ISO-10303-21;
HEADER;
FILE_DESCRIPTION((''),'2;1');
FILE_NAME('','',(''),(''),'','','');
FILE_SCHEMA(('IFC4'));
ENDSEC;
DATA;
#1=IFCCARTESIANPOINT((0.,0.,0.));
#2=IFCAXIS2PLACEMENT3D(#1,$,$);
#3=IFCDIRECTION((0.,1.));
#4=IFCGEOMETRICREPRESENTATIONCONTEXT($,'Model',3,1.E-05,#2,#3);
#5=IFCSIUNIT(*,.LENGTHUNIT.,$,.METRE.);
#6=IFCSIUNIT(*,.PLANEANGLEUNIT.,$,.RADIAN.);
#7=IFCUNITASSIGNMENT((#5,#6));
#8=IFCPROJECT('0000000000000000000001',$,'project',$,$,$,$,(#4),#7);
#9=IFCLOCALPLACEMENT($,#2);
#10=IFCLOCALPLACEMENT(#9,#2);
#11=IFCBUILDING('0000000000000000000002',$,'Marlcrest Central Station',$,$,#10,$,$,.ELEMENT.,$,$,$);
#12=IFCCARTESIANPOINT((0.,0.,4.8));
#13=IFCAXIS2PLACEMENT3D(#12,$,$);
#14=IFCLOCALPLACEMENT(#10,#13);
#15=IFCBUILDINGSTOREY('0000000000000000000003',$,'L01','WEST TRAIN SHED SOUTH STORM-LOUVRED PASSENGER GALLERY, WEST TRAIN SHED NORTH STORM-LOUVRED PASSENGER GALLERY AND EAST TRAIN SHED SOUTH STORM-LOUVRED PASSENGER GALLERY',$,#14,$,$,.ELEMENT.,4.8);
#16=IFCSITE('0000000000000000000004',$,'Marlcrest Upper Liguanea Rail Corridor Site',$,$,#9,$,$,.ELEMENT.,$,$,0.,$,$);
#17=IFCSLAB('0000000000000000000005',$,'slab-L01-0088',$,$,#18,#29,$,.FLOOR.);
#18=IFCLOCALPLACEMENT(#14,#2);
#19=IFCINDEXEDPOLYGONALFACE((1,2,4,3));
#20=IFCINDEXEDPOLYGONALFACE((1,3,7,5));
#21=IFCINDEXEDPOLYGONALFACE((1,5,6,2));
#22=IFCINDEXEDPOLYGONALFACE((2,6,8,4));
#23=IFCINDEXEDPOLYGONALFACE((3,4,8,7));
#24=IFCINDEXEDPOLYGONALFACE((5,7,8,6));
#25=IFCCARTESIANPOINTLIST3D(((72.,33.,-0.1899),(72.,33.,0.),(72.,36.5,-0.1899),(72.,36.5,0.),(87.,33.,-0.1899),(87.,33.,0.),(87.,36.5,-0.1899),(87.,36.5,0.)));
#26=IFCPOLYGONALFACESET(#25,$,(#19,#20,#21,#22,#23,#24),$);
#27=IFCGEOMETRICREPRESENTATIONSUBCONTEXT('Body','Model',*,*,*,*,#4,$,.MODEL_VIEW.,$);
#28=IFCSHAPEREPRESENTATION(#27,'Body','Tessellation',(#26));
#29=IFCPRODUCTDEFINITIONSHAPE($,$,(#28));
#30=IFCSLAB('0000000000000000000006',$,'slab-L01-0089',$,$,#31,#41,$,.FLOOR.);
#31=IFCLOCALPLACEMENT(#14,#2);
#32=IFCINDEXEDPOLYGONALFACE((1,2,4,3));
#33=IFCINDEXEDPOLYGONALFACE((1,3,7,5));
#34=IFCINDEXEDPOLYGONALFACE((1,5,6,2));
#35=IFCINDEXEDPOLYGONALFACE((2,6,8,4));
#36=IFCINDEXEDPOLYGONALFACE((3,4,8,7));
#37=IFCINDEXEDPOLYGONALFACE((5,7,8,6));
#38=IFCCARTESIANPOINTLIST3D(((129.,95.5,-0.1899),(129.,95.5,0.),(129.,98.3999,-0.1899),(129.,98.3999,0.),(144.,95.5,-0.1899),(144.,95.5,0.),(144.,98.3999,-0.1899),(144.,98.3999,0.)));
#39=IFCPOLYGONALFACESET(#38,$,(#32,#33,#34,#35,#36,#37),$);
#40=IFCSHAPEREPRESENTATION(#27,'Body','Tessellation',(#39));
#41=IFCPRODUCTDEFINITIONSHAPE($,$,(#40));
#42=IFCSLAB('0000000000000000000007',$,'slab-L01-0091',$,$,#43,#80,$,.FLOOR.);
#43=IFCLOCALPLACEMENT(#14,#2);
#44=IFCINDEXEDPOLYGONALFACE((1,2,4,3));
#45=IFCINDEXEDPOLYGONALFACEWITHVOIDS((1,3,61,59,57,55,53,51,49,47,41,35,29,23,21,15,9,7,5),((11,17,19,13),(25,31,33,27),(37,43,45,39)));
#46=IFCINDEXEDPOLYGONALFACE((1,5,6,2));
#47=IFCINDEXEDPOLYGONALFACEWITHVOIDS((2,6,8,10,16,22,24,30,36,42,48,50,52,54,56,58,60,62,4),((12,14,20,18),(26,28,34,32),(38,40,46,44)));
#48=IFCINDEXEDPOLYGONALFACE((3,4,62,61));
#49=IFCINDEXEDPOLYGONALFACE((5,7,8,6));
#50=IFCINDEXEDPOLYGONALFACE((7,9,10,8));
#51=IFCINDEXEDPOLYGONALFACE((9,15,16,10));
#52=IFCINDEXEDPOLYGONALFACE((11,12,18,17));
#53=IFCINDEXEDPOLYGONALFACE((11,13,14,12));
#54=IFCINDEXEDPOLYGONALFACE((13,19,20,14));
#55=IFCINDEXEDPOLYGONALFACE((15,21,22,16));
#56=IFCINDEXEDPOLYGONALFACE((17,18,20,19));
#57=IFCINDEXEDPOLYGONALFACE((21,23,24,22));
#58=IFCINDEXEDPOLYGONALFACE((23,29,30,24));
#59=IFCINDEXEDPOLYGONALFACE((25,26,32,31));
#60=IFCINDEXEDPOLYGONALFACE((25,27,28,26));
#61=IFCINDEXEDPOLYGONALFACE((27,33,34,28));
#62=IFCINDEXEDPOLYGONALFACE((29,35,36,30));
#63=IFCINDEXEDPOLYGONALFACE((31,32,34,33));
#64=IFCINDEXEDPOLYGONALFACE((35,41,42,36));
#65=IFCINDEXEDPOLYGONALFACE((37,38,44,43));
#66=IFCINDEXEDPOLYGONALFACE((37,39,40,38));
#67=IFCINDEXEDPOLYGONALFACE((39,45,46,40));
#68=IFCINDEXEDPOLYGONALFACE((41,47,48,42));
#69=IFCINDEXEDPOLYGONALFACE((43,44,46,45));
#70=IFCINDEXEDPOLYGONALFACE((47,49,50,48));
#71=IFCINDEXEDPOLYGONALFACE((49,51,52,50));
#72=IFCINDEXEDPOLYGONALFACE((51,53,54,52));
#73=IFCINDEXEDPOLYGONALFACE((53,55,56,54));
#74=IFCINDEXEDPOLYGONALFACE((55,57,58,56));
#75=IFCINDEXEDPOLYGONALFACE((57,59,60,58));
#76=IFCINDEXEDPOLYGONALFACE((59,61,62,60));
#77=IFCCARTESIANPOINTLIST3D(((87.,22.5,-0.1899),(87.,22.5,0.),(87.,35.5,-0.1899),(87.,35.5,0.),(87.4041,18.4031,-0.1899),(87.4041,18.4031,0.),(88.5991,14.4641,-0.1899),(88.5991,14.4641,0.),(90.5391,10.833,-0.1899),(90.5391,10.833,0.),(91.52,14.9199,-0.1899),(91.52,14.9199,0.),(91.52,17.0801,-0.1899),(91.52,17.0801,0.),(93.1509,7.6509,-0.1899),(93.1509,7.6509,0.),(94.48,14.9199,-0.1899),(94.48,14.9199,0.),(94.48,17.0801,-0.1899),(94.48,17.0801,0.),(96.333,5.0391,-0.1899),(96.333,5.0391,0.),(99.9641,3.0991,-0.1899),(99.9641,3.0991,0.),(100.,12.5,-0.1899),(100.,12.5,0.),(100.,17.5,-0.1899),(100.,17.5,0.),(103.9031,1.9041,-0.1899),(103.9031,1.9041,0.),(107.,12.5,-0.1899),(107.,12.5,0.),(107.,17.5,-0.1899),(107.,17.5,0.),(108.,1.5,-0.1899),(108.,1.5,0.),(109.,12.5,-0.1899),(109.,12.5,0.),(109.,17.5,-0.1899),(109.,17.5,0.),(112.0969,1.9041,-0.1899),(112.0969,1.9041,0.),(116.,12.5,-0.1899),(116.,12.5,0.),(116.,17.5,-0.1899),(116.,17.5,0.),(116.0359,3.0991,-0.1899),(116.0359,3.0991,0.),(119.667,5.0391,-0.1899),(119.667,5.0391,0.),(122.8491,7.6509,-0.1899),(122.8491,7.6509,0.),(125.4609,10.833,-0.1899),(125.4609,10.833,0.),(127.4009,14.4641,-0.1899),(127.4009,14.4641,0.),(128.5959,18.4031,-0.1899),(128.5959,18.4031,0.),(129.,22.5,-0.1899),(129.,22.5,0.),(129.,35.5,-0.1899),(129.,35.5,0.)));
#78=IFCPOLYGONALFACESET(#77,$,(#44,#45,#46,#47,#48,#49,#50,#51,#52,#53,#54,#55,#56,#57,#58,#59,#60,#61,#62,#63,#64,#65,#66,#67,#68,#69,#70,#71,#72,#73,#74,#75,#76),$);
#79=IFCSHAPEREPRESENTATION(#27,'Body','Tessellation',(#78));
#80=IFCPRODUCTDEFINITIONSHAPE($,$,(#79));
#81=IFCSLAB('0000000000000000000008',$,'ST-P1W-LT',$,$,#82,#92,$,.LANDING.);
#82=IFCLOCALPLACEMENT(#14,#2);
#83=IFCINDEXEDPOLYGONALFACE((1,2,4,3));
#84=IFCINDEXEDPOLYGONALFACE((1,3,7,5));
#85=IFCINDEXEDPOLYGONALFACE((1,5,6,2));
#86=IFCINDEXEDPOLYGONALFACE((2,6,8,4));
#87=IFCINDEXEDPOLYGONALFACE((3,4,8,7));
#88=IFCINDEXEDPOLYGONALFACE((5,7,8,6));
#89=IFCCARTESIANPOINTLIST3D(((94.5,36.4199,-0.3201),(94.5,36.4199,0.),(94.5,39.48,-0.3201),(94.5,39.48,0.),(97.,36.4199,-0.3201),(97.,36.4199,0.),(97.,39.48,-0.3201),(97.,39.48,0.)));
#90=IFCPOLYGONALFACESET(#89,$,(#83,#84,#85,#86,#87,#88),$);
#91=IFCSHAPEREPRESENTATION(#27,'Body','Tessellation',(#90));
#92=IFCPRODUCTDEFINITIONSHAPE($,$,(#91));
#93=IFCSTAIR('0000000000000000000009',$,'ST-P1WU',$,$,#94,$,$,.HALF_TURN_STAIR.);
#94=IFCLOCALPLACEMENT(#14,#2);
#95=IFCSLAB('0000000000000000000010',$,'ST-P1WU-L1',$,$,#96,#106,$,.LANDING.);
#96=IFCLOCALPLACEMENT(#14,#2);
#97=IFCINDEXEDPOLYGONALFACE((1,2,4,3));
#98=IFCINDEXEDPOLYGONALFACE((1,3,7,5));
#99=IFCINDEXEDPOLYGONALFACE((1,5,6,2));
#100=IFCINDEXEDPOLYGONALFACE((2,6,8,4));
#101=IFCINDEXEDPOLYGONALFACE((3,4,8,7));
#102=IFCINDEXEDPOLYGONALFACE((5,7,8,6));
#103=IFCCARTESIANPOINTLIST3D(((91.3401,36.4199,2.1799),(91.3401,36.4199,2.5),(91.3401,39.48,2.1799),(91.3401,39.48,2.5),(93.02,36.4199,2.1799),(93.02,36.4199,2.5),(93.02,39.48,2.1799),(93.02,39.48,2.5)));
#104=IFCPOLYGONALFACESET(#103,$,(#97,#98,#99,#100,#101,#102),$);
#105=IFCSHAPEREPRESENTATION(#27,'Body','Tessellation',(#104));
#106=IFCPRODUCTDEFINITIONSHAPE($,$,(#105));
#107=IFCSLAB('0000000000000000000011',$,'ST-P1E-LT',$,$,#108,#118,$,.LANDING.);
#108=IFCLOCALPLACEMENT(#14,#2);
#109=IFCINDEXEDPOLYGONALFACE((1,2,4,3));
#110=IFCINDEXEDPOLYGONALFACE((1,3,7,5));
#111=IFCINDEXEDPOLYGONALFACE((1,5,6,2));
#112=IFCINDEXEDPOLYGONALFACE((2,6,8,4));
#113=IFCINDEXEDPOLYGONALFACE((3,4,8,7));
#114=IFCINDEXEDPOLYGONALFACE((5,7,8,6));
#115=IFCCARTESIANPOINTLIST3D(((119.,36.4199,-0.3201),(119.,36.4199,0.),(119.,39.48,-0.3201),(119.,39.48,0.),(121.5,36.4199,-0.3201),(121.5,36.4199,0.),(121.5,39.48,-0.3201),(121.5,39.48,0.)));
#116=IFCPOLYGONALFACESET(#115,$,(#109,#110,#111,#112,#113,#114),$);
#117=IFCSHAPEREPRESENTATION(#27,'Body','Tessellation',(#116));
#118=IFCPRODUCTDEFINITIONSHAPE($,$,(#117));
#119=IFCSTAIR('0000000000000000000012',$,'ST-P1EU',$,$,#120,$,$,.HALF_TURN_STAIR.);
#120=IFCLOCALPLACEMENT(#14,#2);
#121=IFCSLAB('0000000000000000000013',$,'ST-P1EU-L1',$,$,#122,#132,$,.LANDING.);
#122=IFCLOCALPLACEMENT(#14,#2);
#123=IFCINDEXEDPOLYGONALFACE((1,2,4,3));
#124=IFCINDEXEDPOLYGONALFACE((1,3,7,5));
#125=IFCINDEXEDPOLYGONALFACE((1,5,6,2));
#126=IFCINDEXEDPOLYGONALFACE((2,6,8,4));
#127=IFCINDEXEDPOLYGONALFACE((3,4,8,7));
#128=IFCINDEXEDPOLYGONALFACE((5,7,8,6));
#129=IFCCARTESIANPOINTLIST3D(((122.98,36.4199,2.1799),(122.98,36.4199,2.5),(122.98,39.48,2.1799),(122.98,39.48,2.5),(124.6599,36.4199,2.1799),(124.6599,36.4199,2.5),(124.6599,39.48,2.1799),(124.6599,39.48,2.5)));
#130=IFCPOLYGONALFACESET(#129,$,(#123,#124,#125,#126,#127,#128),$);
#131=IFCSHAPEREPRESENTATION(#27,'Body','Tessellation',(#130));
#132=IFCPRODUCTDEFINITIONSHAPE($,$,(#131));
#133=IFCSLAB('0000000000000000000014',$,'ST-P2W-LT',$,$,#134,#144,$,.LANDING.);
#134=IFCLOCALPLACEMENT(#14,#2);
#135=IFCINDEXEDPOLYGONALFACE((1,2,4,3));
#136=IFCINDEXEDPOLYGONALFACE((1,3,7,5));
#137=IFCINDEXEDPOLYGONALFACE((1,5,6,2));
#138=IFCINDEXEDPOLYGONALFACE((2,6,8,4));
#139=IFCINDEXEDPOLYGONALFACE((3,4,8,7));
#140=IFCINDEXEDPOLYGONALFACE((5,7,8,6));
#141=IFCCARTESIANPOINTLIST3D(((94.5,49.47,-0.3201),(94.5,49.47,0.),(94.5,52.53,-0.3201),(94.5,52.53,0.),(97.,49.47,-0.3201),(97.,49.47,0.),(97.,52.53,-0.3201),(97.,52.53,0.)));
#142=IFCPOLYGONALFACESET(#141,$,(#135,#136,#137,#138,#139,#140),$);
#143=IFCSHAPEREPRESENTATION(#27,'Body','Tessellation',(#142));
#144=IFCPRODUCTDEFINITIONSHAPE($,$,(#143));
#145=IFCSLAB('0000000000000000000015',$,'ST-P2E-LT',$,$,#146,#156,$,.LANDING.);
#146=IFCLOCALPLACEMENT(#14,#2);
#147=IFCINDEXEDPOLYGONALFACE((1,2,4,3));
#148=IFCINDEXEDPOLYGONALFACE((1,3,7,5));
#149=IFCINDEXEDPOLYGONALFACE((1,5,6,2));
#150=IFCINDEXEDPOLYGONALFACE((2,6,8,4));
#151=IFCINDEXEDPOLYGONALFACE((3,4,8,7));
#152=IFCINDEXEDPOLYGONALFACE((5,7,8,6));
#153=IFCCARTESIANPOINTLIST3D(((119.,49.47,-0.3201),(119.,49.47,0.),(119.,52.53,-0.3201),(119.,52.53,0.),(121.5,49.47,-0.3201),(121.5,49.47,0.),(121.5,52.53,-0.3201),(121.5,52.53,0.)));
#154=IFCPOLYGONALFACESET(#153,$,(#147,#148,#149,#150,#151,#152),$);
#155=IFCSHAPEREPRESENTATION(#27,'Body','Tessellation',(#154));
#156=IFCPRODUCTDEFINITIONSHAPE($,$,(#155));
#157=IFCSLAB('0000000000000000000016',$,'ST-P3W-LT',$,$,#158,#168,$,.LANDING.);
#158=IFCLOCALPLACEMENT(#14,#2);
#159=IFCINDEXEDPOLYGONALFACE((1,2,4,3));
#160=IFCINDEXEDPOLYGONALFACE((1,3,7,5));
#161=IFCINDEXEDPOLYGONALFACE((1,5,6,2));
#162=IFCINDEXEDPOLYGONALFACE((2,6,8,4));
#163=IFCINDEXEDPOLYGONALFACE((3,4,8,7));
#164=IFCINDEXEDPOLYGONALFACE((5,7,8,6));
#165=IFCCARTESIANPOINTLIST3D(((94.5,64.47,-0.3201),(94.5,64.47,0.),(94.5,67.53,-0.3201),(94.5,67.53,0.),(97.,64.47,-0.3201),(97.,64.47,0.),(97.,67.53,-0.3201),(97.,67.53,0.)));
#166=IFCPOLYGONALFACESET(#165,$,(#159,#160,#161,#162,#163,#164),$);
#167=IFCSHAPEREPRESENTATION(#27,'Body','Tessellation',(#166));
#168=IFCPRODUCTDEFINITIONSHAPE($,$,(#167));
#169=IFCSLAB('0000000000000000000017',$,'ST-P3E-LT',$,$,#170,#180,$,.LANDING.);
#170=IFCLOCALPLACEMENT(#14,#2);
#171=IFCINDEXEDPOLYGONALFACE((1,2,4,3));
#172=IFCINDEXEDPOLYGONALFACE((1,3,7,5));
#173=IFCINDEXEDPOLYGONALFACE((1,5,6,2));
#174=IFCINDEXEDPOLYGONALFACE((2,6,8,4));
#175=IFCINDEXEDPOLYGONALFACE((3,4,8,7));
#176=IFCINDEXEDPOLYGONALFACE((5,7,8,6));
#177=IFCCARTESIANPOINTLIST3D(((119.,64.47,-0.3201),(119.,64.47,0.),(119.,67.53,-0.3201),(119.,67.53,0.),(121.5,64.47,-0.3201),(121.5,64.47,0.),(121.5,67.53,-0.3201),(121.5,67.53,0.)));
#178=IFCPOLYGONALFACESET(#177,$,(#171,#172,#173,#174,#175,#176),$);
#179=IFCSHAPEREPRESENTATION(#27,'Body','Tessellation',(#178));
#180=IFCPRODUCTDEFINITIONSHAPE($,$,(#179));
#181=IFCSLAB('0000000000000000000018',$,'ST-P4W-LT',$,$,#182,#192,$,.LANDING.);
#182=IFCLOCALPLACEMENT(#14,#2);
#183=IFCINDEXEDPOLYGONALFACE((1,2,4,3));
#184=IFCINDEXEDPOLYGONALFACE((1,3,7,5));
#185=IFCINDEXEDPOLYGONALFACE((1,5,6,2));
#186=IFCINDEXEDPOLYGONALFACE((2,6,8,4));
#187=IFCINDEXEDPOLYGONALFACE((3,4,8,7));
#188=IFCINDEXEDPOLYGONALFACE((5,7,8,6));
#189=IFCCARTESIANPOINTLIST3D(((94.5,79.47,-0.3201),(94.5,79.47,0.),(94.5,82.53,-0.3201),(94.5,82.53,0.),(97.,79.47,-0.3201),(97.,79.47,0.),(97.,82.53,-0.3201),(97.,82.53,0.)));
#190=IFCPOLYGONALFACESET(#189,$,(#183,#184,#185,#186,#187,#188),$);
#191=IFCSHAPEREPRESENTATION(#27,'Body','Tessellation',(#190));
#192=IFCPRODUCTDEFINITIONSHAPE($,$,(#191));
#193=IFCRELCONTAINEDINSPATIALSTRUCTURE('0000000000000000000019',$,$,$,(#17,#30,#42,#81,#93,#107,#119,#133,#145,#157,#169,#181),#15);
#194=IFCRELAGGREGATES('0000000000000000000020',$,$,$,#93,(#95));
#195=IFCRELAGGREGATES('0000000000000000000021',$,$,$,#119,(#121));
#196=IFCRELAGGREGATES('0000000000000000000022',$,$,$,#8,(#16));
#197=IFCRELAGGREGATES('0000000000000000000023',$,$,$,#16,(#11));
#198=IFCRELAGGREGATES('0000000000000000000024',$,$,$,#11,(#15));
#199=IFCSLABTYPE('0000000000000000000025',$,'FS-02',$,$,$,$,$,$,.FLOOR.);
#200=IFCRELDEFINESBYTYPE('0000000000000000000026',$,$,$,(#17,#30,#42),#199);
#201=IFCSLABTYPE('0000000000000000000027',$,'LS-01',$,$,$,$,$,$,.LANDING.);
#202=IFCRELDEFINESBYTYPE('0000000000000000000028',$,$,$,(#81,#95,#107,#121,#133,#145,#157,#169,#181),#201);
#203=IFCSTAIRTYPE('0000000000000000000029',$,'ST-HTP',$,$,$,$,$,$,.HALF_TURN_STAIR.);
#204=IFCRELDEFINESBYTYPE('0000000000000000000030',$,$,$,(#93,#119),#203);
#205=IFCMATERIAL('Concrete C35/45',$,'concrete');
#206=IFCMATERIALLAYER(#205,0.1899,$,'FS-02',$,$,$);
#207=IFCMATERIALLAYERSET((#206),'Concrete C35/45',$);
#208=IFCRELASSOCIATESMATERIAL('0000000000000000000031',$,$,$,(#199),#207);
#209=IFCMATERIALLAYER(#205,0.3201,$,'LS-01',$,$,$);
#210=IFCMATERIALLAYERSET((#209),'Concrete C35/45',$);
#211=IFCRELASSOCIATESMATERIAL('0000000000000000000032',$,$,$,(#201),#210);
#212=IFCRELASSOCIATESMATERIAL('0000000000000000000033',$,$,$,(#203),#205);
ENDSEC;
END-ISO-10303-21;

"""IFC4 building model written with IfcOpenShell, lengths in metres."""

from ifc_helpers import new_model, si_unit, direction, frame, origin, place, context, subcontext, project, spatial, polyline, outline, extrude, material, layer, layer_set, type_object, element, aggregate, save


model = new_model("IFC4")

# Units and contexts
model_context = context("Model", 3, precision=1e-05, world=origin(), true_north=direction((0.0, 1.0)))
body_context = subcontext(model_context, "Body", "Model", "MODEL_VIEW")
ifc_project = project(units=[si_unit("LENGTHUNIT", "METRE"), si_unit("PLANEANGLEUNIT", "RADIAN")], contexts=[model_context])

# Site, building, storey
site_placement = place(None, origin())
site = spatial("IfcSite", under=ifc_project, at=site_placement, Name="Marlcrest Upper Liguanea Rail Corridor Site", CompositionType="ELEMENT", RefElevation=0.0)
building_placement = place(site_placement, origin())
building = spatial("IfcBuilding", under=site, at=building_placement, Name="Marlcrest Central Station", CompositionType="ELEMENT")
storey_placement = place(building_placement, frame((0.0, 0.0, 4.8)))
storey = spatial("IfcBuildingStorey", under=building, at=storey_placement, Name="L01", Description="WEST TRAIN SHED SOUTH STORM-LOUVRED PASSENGER GALLERY, WEST TRAIN SHED NORTH STORM-LOUVRED PASSENGER GALLERY AND EAST TRAIN SHED SOUTH STORM-LOUVRED PASSENGER GALLERY", CompositionType="ELEMENT", Elevation=4.8)

# Slabs
ifc_material = material(Name="Concrete C35/45", Category="concrete")
ifc_layer_1 = layer(ifc_material, 0.1899, Name="FS-02")
ifc_layer_set_1 = layer_set([ifc_layer_1], Name="Concrete C35/45")
slab_type_1 = type_object("IfcSlabType", Name="FS-02", PredefinedType="FLOOR", material=ifc_layer_set_1)
slab_1_placement = place(storey_placement, frame((0.0, 0.0, -0.1899)))
element("IfcSlab", 1, at=slab_1_placement, inside=storey, type_object=slab_type_1, Name="slab-L01-0088", PredefinedType="FLOOR", context=body_context, shape_type="SweptSolid", body=[
    extrude(outline(polyline([(87.0, 36.5), (87.0, 33.0), (72.0, 33.0), (72.0, 36.5), (87.0, 36.5)])), origin(), (0.0, 0.0, 1.0), 0.1899),
])
slab_2_placement = place(storey_placement, frame((0.0, 0.0, -0.1899)))
element("IfcSlab", 2, at=slab_2_placement, inside=storey, type_object=slab_type_1, Name="slab-L01-0089", PredefinedType="FLOOR", context=body_context, shape_type="SweptSolid", body=[
    extrude(outline(polyline([(129.0, 95.5), (129.0, 98.3999), (144.0, 98.3999), (144.0, 95.5), (129.0, 95.5)])), origin(), (0.0, 0.0, 1.0), 0.1899),
])
slab_3_placement = place(storey_placement, frame((0.0, 0.0, -0.1899)))
element("IfcSlab", 3, at=slab_3_placement, inside=storey, type_object=slab_type_1, Name="slab-L01-0091", PredefinedType="FLOOR", context=body_context, shape_type="SweptSolid", body=[
    extrude(outline(polyline([(129.0, 35.5), (129.0, 22.5), (128.5959, 18.4031), (127.4009, 14.4641), (125.4609, 10.833), (122.8491, 7.6509), (119.667, 5.0391), (116.0359, 3.0991), (112.0969, 1.9041), (108.0, 1.5), (103.9031, 1.9041), (99.9641, 3.0991), (96.333, 5.0391), (93.1509, 7.6509), (90.5391, 10.833), (88.5991, 14.4641), (87.4041, 18.4031), (87.0, 22.5), (87.0, 35.5), (129.0, 35.5)]), holes=[polyline([(107.0, 12.5), (107.0, 17.5), (100.0, 17.5), (100.0, 12.5), (107.0, 12.5)]), polyline([(116.0, 12.5), (116.0, 17.5), (109.0, 17.5), (109.0, 12.5), (116.0, 12.5)]), polyline([(94.48, 14.9199), (94.48, 17.0801), (91.52, 17.0801), (91.52, 14.9199), (94.48, 14.9199)])]), origin(), (0.0, 0.0, 1.0), 0.1899),
])
ifc_layer_2 = layer(ifc_material, 0.3201, Name="LS-01")
ifc_layer_set_2 = layer_set([ifc_layer_2], Name="Concrete C35/45")
slab_type_2 = type_object("IfcSlabType", Name="LS-01", PredefinedType="LANDING", material=ifc_layer_set_2)
slab_4_placement = place(storey_placement, frame((0.0, 0.0, -0.3201)))
element("IfcSlab", 4, at=slab_4_placement, inside=storey, type_object=slab_type_2, Name="ST-P1W-LT", PredefinedType="LANDING", context=body_context, shape_type="SweptSolid", body=[
    extrude(outline(polyline([(94.5, 36.4199), (97.0, 36.4199), (97.0, 39.48), (94.5, 39.48), (94.5, 36.4199)])), origin(), (0.0, 0.0, 1.0), 0.3201),
])

# Stair, slab
stair_type = type_object("IfcStairType", Name="ST-HTP", PredefinedType="HALF_TURN_STAIR", material=ifc_material)
stair_1_placement = place(storey_placement, origin())
stair_1 = element("IfcStair", 5, at=stair_1_placement, inside=storey, type_object=stair_type, Name="ST-P1WU", PredefinedType="HALF_TURN_STAIR")
slab_5_placement = place(storey_placement, frame((0.0, 0.0, 2.1799)))
slab_5 = element("IfcSlab", 6, at=slab_5_placement, type_object=slab_type_2, Name="ST-P1WU-L1", PredefinedType="LANDING", context=body_context, shape_type="SweptSolid", body=[
    extrude(outline(polyline([(91.3401, 36.4199), (93.02, 36.4199), (93.02, 39.48), (91.3401, 39.48), (91.3401, 36.4199)])), origin(), (0.0, 0.0, 1.0), 0.3201),
])
aggregate(stair_1, [slab_5])

# Slab
slab_6_placement = place(storey_placement, frame((0.0, 0.0, -0.3201)))
element("IfcSlab", 7, at=slab_6_placement, inside=storey, type_object=slab_type_2, Name="ST-P1E-LT", PredefinedType="LANDING", context=body_context, shape_type="SweptSolid", body=[
    extrude(outline(polyline([(119.0, 36.4199), (121.5, 36.4199), (121.5, 39.48), (119.0, 39.48), (119.0, 36.4199)])), origin(), (0.0, 0.0, 1.0), 0.3201),
])

# Stair, slab
stair_2_placement = place(storey_placement, origin())
stair_2 = element("IfcStair", 8, at=stair_2_placement, inside=storey, type_object=stair_type, Name="ST-P1EU", PredefinedType="HALF_TURN_STAIR")
slab_7_placement = place(storey_placement, frame((0.0, 0.0, 2.1799)))
slab_7 = element("IfcSlab", 9, at=slab_7_placement, type_object=slab_type_2, Name="ST-P1EU-L1", PredefinedType="LANDING", context=body_context, shape_type="SweptSolid", body=[
    extrude(outline(polyline([(122.98, 36.4199), (124.6599, 36.4199), (124.6599, 39.48), (122.98, 39.48), (122.98, 36.4199)])), origin(), (0.0, 0.0, 1.0), 0.3201),
])
aggregate(stair_2, [slab_7])

# Slabs
slab_8_placement = place(storey_placement, frame((0.0, 0.0, -0.3201)))
element("IfcSlab", 10, at=slab_8_placement, inside=storey, type_object=slab_type_2, Name="ST-P2W-LT", PredefinedType="LANDING", context=body_context, shape_type="SweptSolid", body=[
    extrude(outline(polyline([(94.5, 49.47), (97.0, 49.47), (97.0, 52.53), (94.5, 52.53), (94.5, 49.47)])), origin(), (0.0, 0.0, 1.0), 0.3201),
])
slab_9_placement = place(storey_placement, frame((0.0, 0.0, -0.3201)))
element("IfcSlab", 11, at=slab_9_placement, inside=storey, type_object=slab_type_2, Name="ST-P2E-LT", PredefinedType="LANDING", context=body_context, shape_type="SweptSolid", body=[
    extrude(outline(polyline([(119.0, 49.47), (121.5, 49.47), (121.5, 52.53), (119.0, 52.53), (119.0, 49.47)])), origin(), (0.0, 0.0, 1.0), 0.3201),
])
slab_10_placement = place(storey_placement, frame((0.0, 0.0, -0.3201)))
element("IfcSlab", 12, at=slab_10_placement, inside=storey, type_object=slab_type_2, Name="ST-P3W-LT", PredefinedType="LANDING", context=body_context, shape_type="SweptSolid", body=[
    extrude(outline(polyline([(94.5, 64.47), (97.0, 64.47), (97.0, 67.53), (94.5, 67.53), (94.5, 64.47)])), origin(), (0.0, 0.0, 1.0), 0.3201),
])
slab_11_placement = place(storey_placement, frame((0.0, 0.0, -0.3201)))
element("IfcSlab", 13, at=slab_11_placement, inside=storey, type_object=slab_type_2, Name="ST-P3E-LT", PredefinedType="LANDING", context=body_context, shape_type="SweptSolid", body=[
    extrude(outline(polyline([(119.0, 64.47), (121.5, 64.47), (121.5, 67.53), (119.0, 67.53), (119.0, 64.47)])), origin(), (0.0, 0.0, 1.0), 0.3201),
])
slab_12_placement = place(storey_placement, frame((0.0, 0.0, -0.3201)))
element("IfcSlab", 14, at=slab_12_placement, inside=storey, type_object=slab_type_2, Name="ST-P4W-LT", PredefinedType="LANDING", context=body_context, shape_type="SweptSolid", body=[
    extrude(outline(polyline([(94.5, 79.47), (97.0, 79.47), (97.0, 82.53), (94.5, 82.53), (94.5, 79.47)])), origin(), (0.0, 0.0, 1.0), 0.3201),
])

save(model, "model.ifc")
